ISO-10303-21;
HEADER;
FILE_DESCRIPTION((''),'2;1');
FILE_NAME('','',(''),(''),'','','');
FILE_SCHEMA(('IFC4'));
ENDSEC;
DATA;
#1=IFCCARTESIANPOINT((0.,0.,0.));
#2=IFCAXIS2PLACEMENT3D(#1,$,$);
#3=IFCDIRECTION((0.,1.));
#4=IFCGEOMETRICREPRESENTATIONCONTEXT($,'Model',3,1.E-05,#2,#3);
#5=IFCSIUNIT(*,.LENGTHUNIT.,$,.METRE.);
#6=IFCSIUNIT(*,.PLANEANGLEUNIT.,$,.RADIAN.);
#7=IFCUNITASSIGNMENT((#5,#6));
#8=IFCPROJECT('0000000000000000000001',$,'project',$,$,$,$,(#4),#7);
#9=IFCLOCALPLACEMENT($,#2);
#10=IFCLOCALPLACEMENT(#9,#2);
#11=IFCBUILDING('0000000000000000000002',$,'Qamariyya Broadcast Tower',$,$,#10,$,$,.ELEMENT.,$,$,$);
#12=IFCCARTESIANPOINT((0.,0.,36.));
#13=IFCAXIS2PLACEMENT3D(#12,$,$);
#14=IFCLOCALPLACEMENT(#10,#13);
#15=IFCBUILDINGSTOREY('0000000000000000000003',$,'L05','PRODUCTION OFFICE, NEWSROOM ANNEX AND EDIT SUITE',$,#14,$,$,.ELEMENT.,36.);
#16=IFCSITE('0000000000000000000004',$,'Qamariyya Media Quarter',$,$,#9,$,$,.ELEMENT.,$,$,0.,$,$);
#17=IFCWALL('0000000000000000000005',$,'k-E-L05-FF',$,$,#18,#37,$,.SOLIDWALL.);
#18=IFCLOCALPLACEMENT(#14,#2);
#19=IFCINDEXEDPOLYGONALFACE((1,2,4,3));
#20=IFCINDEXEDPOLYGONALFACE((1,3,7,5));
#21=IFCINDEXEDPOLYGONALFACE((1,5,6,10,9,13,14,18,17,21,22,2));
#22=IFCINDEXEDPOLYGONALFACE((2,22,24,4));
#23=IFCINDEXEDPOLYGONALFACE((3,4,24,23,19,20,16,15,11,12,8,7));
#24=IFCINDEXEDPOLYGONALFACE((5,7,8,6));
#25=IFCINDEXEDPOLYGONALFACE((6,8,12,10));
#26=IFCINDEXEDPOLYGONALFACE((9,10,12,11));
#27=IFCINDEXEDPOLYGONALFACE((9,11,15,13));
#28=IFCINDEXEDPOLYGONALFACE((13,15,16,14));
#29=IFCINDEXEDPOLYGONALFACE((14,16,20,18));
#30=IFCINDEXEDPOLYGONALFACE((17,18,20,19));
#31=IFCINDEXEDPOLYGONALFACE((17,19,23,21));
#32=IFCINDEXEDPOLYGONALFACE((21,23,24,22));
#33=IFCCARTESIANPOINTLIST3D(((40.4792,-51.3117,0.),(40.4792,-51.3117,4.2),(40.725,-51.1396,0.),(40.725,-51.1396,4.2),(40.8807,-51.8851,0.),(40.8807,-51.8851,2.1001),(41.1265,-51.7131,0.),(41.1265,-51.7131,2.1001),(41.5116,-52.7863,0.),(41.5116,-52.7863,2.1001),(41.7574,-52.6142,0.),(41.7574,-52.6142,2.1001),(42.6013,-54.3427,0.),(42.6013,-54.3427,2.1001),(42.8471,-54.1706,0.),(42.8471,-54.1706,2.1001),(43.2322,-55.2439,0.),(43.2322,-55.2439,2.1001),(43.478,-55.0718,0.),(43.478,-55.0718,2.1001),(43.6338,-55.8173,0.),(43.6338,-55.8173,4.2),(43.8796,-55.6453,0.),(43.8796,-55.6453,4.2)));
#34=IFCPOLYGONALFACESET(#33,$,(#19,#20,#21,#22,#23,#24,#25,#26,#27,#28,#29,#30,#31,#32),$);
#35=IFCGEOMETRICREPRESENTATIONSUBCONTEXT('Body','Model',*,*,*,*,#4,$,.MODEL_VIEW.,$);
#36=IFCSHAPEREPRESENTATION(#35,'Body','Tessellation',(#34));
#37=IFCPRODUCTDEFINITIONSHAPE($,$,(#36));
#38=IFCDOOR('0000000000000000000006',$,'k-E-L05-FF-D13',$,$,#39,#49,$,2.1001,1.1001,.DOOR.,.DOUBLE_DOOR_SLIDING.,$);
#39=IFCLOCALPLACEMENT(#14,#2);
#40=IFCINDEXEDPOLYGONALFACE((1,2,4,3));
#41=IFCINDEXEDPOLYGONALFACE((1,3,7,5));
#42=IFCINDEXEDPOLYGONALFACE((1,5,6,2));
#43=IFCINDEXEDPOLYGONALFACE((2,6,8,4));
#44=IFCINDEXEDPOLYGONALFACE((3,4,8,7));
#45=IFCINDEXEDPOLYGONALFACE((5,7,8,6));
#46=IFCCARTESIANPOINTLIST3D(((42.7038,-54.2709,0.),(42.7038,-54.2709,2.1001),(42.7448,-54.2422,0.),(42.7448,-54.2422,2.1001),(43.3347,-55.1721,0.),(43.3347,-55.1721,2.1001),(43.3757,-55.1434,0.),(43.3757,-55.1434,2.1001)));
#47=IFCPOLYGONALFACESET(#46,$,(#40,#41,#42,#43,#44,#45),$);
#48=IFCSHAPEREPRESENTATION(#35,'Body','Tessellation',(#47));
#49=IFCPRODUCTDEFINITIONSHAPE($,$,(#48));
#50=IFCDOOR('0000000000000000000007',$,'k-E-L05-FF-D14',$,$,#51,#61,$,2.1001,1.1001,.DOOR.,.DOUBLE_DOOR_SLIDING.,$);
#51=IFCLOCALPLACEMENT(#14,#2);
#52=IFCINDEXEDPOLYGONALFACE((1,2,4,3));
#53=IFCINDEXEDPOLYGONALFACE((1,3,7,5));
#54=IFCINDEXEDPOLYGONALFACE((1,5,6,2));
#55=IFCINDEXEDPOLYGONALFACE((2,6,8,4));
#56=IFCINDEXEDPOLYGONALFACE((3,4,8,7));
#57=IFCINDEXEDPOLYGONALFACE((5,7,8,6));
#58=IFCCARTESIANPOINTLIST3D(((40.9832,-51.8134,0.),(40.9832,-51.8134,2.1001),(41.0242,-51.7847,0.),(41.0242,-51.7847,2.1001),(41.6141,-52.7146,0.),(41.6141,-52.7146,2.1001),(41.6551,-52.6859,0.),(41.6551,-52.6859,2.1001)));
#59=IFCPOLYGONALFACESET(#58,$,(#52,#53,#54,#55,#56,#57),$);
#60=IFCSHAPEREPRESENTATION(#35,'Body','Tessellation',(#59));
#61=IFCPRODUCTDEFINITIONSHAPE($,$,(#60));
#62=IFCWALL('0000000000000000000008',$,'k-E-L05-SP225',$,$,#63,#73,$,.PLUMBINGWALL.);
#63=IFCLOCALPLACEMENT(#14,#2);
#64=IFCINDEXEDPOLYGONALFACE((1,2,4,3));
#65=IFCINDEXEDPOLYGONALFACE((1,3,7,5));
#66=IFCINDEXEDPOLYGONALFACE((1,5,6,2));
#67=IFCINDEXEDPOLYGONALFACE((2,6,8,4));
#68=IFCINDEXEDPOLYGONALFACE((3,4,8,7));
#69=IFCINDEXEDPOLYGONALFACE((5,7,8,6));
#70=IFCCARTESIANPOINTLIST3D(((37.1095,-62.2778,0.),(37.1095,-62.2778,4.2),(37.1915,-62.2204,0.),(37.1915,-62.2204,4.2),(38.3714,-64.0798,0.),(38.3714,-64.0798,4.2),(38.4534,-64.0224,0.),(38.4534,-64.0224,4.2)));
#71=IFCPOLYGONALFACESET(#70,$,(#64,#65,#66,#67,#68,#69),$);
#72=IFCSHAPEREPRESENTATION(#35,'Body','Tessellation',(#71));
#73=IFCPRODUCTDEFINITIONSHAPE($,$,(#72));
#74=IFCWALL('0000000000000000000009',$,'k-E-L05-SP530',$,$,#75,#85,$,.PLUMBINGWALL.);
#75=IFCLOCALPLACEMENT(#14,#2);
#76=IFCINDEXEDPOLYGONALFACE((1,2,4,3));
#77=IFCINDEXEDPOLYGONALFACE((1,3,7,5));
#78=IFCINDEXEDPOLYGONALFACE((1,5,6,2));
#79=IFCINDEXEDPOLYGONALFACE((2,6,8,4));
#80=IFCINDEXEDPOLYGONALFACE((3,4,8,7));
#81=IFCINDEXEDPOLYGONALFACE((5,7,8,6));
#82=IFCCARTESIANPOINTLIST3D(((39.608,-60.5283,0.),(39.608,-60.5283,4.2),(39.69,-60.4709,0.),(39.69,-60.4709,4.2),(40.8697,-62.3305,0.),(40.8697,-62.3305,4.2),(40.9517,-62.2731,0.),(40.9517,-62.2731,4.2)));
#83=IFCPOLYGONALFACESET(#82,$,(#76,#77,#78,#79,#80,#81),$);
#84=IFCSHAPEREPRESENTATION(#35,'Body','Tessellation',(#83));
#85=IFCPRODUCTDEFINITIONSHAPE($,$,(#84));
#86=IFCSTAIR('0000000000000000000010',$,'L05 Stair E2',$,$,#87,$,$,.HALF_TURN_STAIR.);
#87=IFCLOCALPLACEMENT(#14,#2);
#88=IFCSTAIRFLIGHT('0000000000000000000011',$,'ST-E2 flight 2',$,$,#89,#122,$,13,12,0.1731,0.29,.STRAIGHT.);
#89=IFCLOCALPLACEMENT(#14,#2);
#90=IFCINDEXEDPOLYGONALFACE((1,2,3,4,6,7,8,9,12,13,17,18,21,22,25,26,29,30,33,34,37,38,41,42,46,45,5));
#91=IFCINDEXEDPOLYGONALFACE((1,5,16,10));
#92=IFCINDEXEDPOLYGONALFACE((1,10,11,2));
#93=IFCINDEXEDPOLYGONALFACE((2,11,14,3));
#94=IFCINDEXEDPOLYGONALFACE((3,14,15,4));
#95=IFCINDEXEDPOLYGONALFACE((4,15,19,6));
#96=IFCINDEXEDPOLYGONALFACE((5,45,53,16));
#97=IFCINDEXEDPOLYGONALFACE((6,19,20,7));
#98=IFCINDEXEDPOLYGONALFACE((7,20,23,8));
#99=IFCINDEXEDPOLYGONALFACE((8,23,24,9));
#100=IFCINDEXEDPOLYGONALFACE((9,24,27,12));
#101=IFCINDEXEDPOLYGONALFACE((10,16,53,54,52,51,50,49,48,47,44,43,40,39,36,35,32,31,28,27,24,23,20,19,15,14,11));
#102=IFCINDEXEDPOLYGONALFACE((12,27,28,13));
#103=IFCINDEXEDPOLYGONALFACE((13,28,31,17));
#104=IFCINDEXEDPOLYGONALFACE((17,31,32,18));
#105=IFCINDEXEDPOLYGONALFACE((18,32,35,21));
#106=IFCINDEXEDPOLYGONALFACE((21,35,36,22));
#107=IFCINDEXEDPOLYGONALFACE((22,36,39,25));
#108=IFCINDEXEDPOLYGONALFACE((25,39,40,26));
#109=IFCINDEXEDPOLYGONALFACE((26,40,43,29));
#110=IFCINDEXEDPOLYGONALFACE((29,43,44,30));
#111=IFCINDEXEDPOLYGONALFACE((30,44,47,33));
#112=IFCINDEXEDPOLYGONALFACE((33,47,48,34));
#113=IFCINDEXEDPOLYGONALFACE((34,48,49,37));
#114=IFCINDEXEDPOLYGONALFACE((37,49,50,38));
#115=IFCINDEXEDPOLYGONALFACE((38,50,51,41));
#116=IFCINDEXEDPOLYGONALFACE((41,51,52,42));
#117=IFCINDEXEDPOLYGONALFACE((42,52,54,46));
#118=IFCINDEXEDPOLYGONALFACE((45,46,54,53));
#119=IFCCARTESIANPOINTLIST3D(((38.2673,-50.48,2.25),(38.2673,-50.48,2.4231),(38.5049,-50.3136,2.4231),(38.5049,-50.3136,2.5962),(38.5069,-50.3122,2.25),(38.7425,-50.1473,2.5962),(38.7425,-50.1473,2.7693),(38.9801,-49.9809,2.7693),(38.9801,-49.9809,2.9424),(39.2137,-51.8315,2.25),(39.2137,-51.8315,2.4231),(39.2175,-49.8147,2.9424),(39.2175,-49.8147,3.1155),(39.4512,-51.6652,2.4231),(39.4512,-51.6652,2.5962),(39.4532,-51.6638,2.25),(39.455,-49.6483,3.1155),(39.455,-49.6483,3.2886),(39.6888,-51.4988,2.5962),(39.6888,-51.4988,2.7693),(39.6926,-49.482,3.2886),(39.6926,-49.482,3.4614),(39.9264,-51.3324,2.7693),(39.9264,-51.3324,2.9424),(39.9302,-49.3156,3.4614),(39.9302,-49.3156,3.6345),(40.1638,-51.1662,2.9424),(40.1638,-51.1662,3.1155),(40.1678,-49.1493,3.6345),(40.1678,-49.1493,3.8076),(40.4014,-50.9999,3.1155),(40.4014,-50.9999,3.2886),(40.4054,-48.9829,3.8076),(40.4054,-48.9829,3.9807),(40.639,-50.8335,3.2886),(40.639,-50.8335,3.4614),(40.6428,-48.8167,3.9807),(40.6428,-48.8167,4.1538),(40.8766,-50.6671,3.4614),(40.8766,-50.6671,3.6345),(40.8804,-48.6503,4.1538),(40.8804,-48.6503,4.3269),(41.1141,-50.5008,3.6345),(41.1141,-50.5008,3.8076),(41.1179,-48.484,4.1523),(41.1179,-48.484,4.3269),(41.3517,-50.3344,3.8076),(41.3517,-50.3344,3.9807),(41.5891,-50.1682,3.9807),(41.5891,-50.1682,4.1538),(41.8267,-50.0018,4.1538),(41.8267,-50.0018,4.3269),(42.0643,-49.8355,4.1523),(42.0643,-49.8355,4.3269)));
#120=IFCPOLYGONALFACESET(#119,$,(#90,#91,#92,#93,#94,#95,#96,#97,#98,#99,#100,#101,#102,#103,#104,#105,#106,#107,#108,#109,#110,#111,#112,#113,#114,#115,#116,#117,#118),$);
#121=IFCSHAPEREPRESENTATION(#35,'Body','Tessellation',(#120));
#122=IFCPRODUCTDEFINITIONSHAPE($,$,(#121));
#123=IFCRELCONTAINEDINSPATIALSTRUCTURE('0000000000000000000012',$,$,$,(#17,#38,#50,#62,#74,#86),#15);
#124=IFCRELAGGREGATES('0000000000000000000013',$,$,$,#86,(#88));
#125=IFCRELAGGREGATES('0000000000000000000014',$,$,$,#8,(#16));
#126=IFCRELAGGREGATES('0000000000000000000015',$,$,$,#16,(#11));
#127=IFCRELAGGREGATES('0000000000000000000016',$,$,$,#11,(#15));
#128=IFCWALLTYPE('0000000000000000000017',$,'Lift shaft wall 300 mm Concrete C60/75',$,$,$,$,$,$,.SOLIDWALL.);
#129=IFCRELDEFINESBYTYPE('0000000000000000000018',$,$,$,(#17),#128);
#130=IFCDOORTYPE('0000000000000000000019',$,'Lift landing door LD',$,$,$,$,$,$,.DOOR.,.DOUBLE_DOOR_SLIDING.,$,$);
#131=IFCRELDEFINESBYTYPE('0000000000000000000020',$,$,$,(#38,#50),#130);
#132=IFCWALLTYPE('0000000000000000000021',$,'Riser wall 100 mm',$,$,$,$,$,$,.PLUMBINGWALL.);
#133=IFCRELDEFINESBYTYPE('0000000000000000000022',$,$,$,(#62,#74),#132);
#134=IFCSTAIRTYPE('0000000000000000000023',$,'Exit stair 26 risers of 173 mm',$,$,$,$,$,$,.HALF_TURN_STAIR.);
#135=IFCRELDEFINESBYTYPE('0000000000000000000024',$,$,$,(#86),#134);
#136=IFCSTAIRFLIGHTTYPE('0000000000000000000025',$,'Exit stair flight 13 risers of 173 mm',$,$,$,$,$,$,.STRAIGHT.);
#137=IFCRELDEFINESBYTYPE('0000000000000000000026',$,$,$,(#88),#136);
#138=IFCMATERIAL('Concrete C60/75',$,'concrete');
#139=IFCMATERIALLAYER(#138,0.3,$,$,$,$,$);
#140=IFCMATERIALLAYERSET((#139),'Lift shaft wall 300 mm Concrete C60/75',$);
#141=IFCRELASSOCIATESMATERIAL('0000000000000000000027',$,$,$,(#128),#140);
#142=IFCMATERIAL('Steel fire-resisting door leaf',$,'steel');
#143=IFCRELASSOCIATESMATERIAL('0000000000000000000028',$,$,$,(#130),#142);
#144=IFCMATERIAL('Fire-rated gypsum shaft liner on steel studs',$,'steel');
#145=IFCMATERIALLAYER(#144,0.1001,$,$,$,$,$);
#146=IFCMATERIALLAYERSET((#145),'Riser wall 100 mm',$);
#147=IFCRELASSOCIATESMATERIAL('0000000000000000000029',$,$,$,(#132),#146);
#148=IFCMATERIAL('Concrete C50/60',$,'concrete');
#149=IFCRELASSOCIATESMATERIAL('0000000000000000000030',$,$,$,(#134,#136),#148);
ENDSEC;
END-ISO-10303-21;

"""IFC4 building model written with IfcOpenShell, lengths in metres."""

from ifc_helpers import new_model, si_unit, direction, frame, frame_2d, origin, place, context, subcontext, project, spatial, polyline, rectangle, outline, extrude, material, layer, layer_set, type_object, element, fill, aggregate, save


model = new_model("IFC4")

# Units and contexts
model_context = context("Model", 3, precision=1e-05, world=origin(), true_north=direction((0.0, 1.0)))
body_context = subcontext(model_context, "Body", "Model", "MODEL_VIEW")
ifc_project = project(units=[si_unit("LENGTHUNIT", "METRE"), si_unit("PLANEANGLEUNIT", "RADIAN")], contexts=[model_context])

# Site, building, storey
site_placement = place(None, origin())
site = spatial("IfcSite", under=ifc_project, at=site_placement, Name="Qamariyya Media Quarter", CompositionType="ELEMENT", RefElevation=0.0)
building_placement = place(site_placement, origin())
building = spatial("IfcBuilding", under=site, at=building_placement, Name="Qamariyya Broadcast Tower", CompositionType="ELEMENT")
storey_placement = place(building_placement, frame((0.0, 0.0, 36.0)))
storey = spatial("IfcBuildingStorey", under=building, at=storey_placement, Name="L05", Description="PRODUCTION OFFICE, NEWSROOM ANNEX AND EDIT SUITE", CompositionType="ELEMENT", Elevation=36.0)

# Shared definitions
ifc_material_1 = material(Name="Concrete C60/75", Category="concrete")
ifc_layer_1 = layer(ifc_material_1, 0.3)
ifc_layer_set_1 = layer_set([ifc_layer_1], Name="Lift shaft wall 300 mm Concrete C60/75")
wall_type_1 = type_object("IfcWallType", Name="Lift shaft wall 300 mm Concrete C60/75", PredefinedType="SOLIDWALL", material=ifc_layer_set_1)

# Shared definitions
ifc_material_2 = material(Name="Steel fire-resisting door leaf", Category="steel")

# Wall, openings, doors
wall_1_placement = place(storey_placement, frame((43.7566, -55.7312, 0.0), z_axis=(0.0, 0.0, 1.0), x_axis=(-0.573537, 0.81918, 0.0)))
wall_1 = element("IfcWall", 1, at=wall_1_placement, inside=storey, type_object=wall_type_1, Name="k-E-L05-FF", PredefinedType="SOLIDWALL", context=body_context, shape_type="SweptSolid", body=[
    extrude(rectangle(XDim=5.5002, YDim=0.3, at=frame_2d((2.75, 0.0))), origin(), (0.0, 0.0, 1.0), 4.2),
])
opening_1_placement = place(wall_1_placement, frame((0.7, 0.0, 0.0)))
opening_1 = element("IfcOpeningElement", 2, at=opening_1_placement, cuts=wall_1, PredefinedType="OPENING", context=body_context, shape_type="SweptSolid", body=[
    extrude(rectangle(XDim=1.1001, YDim=2.1001, at=frame_2d((0.55, 1.05))), frame((0.0, 0.1599, 0.0), z_axis=(0.0, -1.0, 0.0), x_axis=(1.0, 0.0, 0.0)), (0.0, 0.0, 1.0), 0.3201),
])
opening_2_placement = place(wall_1_placement, frame((3.7, 0.0, 0.0)))
opening_2 = element("IfcOpeningElement", 3, at=opening_2_placement, cuts=wall_1, PredefinedType="OPENING", context=body_context, shape_type="SweptSolid", body=[
    extrude(rectangle(XDim=1.1001, YDim=2.1001, at=frame_2d((0.55, 1.05))), frame((0.0, 0.1599, 0.0), z_axis=(0.0, -1.0, 0.0), x_axis=(1.0, 0.0, 0.0)), (0.0, 0.0, 1.0), 0.3201),
])
door_type_1 = type_object("IfcDoorType", Name="Lift landing door LD", OperationType="DOUBLE_DOOR_SLIDING", PredefinedType="DOOR", material=ifc_material_2)
door_1_placement = place(opening_1_placement, origin())
door_1 = element("IfcDoor", 4, at=door_1_placement, inside=storey, type_object=door_type_1, Name="k-E-L05-FF-D13", OperationType="DOUBLE_DOOR_SLIDING", OverallHeight=2.1001, OverallWidth=1.1001, PredefinedType="DOOR", context=body_context, shape_type="SweptSolid", body=[
    extrude(rectangle(XDim=1.1001, YDim=2.1001, at=frame_2d((0.55, 1.05))), frame((0.0, 0.0249, 0.0), z_axis=(0.0, -1.0, 0.0), x_axis=(1.0, 0.0, 0.0)), (0.0, 0.0, 1.0), 0.05),
])
fill(opening_1, door_1)
door_2_placement = place(opening_2_placement, origin())
door_2 = element("IfcDoor", 5, at=door_2_placement, inside=storey, type_object=door_type_1, Name="k-E-L05-FF-D14", OperationType="DOUBLE_DOOR_SLIDING", OverallHeight=2.1001, OverallWidth=1.1001, PredefinedType="DOOR", context=body_context, shape_type="SweptSolid", body=[
    extrude(rectangle(XDim=1.1001, YDim=2.1001, at=frame_2d((0.55, 1.05))), frame((0.0, 0.0249, 0.0), z_axis=(0.0, -1.0, 0.0), x_axis=(1.0, 0.0, 0.0)), (0.0, 0.0, 1.0), 0.05),
])
fill(opening_2, door_2)

# Walls
ifc_material_3 = material(Name="Fire-rated gypsum shaft liner on steel studs", Category="steel")
ifc_layer_2 = layer(ifc_material_3, 0.1001)
ifc_layer_set_2 = layer_set([ifc_layer_2], Name="Riser wall 100 mm")
wall_type_2 = type_object("IfcWallType", Name="Riser wall 100 mm", PredefinedType="PLUMBINGWALL", material=ifc_layer_set_2)
for number, where, z_axis, x_axis, name in (
    (6, (37.1504, -62.249, 0.0), (0.0, 0.0, 1.0), (0.573634, -0.819112, 0.0), "k-E-L05-SP225"),
    (7, (39.6489, -60.4995, 0.0), (0.0, 0.0, 1.0), (0.573507, -0.819201, 0.0), "k-E-L05-SP530"),
):
    element("IfcWall", number, at=place(storey_placement, frame(where, z_axis=z_axis, x_axis=x_axis)), inside=storey, type_object=wall_type_2, Name=name, PredefinedType="PLUMBINGWALL", context=body_context, shape_type="SweptSolid", body=[
        extrude(rectangle(XDim=2.2, YDim=0.1001, at=frame_2d((1.1001, 0.0))), origin(), (0.0, 0.0, 1.0), 4.2),
    ])

# Stair, stair flight
ifc_material_4 = material(Name="Concrete C50/60", Category="concrete")
stair_type = type_object("IfcStairType", Name="Exit stair 26 risers of 173 mm", PredefinedType="HALF_TURN_STAIR", material=ifc_material_4)
stair_placement = place(storey_placement, origin())
stair = element("IfcStair", 8, at=stair_placement, inside=storey, type_object=stair_type, Name="L05 Stair E2", PredefinedType="HALF_TURN_STAIR")
stair_flight_type = type_object("IfcStairFlightType", Name="Exit stair flight 13 risers of 173 mm", PredefinedType="STRAIGHT", material=ifc_material_4)
stair_flight_placement = place(storey_placement, frame((38.7405, -51.1558, 2.25), z_axis=(0.0, 0.0, 1.0), x_axis=(0.819152, 0.573576, 0.0)))
stair_flight = element("IfcStairFlight", 9, at=stair_flight_placement, type_object=stair_flight_type, Name="ST-E2 flight 2", NumberOfRisers=13, NumberOfTreads=12, PredefinedType="STRAIGHT", RiserHeight=0.1731, TreadLength=0.29, context=body_context, shape_type="SweptSolid", body=[
    extrude(outline(polyline([(0.0, 0.0), (0.0, 0.1731), (0.29, 0.1731), (0.29, 0.3462), (0.5801, 0.3462), (0.5801, 0.5193), (0.8701, 0.5193), (0.8701, 0.6924), (1.1599, 0.6924), (1.1599, 0.8655), (1.45, 0.8655), (1.45, 1.0386), (1.74, 1.0386), (1.74, 1.2114), (2.03, 1.2114), (2.03, 1.3845), (2.3201, 1.3845), (2.3201, 1.5576), (2.6101, 1.5576), (2.6101, 1.7307), (2.8999, 1.7307), (2.8999, 1.9038), (3.1899, 1.9038), (3.1899, 2.0769), (3.48, 2.0769), (3.48, 2.25), (3.48, 1.9023), (0.2925, 0.0), (0.0, 0.0)])), frame((0.0, 0.825, 0.0), z_axis=(0.0, -1.0, 0.0), x_axis=(1.0, 0.0, 0.0)), (0.0, 0.0, 1.0), 1.6499),
])
aggregate(stair, [stair_flight])

save(model, "model.ifc")
